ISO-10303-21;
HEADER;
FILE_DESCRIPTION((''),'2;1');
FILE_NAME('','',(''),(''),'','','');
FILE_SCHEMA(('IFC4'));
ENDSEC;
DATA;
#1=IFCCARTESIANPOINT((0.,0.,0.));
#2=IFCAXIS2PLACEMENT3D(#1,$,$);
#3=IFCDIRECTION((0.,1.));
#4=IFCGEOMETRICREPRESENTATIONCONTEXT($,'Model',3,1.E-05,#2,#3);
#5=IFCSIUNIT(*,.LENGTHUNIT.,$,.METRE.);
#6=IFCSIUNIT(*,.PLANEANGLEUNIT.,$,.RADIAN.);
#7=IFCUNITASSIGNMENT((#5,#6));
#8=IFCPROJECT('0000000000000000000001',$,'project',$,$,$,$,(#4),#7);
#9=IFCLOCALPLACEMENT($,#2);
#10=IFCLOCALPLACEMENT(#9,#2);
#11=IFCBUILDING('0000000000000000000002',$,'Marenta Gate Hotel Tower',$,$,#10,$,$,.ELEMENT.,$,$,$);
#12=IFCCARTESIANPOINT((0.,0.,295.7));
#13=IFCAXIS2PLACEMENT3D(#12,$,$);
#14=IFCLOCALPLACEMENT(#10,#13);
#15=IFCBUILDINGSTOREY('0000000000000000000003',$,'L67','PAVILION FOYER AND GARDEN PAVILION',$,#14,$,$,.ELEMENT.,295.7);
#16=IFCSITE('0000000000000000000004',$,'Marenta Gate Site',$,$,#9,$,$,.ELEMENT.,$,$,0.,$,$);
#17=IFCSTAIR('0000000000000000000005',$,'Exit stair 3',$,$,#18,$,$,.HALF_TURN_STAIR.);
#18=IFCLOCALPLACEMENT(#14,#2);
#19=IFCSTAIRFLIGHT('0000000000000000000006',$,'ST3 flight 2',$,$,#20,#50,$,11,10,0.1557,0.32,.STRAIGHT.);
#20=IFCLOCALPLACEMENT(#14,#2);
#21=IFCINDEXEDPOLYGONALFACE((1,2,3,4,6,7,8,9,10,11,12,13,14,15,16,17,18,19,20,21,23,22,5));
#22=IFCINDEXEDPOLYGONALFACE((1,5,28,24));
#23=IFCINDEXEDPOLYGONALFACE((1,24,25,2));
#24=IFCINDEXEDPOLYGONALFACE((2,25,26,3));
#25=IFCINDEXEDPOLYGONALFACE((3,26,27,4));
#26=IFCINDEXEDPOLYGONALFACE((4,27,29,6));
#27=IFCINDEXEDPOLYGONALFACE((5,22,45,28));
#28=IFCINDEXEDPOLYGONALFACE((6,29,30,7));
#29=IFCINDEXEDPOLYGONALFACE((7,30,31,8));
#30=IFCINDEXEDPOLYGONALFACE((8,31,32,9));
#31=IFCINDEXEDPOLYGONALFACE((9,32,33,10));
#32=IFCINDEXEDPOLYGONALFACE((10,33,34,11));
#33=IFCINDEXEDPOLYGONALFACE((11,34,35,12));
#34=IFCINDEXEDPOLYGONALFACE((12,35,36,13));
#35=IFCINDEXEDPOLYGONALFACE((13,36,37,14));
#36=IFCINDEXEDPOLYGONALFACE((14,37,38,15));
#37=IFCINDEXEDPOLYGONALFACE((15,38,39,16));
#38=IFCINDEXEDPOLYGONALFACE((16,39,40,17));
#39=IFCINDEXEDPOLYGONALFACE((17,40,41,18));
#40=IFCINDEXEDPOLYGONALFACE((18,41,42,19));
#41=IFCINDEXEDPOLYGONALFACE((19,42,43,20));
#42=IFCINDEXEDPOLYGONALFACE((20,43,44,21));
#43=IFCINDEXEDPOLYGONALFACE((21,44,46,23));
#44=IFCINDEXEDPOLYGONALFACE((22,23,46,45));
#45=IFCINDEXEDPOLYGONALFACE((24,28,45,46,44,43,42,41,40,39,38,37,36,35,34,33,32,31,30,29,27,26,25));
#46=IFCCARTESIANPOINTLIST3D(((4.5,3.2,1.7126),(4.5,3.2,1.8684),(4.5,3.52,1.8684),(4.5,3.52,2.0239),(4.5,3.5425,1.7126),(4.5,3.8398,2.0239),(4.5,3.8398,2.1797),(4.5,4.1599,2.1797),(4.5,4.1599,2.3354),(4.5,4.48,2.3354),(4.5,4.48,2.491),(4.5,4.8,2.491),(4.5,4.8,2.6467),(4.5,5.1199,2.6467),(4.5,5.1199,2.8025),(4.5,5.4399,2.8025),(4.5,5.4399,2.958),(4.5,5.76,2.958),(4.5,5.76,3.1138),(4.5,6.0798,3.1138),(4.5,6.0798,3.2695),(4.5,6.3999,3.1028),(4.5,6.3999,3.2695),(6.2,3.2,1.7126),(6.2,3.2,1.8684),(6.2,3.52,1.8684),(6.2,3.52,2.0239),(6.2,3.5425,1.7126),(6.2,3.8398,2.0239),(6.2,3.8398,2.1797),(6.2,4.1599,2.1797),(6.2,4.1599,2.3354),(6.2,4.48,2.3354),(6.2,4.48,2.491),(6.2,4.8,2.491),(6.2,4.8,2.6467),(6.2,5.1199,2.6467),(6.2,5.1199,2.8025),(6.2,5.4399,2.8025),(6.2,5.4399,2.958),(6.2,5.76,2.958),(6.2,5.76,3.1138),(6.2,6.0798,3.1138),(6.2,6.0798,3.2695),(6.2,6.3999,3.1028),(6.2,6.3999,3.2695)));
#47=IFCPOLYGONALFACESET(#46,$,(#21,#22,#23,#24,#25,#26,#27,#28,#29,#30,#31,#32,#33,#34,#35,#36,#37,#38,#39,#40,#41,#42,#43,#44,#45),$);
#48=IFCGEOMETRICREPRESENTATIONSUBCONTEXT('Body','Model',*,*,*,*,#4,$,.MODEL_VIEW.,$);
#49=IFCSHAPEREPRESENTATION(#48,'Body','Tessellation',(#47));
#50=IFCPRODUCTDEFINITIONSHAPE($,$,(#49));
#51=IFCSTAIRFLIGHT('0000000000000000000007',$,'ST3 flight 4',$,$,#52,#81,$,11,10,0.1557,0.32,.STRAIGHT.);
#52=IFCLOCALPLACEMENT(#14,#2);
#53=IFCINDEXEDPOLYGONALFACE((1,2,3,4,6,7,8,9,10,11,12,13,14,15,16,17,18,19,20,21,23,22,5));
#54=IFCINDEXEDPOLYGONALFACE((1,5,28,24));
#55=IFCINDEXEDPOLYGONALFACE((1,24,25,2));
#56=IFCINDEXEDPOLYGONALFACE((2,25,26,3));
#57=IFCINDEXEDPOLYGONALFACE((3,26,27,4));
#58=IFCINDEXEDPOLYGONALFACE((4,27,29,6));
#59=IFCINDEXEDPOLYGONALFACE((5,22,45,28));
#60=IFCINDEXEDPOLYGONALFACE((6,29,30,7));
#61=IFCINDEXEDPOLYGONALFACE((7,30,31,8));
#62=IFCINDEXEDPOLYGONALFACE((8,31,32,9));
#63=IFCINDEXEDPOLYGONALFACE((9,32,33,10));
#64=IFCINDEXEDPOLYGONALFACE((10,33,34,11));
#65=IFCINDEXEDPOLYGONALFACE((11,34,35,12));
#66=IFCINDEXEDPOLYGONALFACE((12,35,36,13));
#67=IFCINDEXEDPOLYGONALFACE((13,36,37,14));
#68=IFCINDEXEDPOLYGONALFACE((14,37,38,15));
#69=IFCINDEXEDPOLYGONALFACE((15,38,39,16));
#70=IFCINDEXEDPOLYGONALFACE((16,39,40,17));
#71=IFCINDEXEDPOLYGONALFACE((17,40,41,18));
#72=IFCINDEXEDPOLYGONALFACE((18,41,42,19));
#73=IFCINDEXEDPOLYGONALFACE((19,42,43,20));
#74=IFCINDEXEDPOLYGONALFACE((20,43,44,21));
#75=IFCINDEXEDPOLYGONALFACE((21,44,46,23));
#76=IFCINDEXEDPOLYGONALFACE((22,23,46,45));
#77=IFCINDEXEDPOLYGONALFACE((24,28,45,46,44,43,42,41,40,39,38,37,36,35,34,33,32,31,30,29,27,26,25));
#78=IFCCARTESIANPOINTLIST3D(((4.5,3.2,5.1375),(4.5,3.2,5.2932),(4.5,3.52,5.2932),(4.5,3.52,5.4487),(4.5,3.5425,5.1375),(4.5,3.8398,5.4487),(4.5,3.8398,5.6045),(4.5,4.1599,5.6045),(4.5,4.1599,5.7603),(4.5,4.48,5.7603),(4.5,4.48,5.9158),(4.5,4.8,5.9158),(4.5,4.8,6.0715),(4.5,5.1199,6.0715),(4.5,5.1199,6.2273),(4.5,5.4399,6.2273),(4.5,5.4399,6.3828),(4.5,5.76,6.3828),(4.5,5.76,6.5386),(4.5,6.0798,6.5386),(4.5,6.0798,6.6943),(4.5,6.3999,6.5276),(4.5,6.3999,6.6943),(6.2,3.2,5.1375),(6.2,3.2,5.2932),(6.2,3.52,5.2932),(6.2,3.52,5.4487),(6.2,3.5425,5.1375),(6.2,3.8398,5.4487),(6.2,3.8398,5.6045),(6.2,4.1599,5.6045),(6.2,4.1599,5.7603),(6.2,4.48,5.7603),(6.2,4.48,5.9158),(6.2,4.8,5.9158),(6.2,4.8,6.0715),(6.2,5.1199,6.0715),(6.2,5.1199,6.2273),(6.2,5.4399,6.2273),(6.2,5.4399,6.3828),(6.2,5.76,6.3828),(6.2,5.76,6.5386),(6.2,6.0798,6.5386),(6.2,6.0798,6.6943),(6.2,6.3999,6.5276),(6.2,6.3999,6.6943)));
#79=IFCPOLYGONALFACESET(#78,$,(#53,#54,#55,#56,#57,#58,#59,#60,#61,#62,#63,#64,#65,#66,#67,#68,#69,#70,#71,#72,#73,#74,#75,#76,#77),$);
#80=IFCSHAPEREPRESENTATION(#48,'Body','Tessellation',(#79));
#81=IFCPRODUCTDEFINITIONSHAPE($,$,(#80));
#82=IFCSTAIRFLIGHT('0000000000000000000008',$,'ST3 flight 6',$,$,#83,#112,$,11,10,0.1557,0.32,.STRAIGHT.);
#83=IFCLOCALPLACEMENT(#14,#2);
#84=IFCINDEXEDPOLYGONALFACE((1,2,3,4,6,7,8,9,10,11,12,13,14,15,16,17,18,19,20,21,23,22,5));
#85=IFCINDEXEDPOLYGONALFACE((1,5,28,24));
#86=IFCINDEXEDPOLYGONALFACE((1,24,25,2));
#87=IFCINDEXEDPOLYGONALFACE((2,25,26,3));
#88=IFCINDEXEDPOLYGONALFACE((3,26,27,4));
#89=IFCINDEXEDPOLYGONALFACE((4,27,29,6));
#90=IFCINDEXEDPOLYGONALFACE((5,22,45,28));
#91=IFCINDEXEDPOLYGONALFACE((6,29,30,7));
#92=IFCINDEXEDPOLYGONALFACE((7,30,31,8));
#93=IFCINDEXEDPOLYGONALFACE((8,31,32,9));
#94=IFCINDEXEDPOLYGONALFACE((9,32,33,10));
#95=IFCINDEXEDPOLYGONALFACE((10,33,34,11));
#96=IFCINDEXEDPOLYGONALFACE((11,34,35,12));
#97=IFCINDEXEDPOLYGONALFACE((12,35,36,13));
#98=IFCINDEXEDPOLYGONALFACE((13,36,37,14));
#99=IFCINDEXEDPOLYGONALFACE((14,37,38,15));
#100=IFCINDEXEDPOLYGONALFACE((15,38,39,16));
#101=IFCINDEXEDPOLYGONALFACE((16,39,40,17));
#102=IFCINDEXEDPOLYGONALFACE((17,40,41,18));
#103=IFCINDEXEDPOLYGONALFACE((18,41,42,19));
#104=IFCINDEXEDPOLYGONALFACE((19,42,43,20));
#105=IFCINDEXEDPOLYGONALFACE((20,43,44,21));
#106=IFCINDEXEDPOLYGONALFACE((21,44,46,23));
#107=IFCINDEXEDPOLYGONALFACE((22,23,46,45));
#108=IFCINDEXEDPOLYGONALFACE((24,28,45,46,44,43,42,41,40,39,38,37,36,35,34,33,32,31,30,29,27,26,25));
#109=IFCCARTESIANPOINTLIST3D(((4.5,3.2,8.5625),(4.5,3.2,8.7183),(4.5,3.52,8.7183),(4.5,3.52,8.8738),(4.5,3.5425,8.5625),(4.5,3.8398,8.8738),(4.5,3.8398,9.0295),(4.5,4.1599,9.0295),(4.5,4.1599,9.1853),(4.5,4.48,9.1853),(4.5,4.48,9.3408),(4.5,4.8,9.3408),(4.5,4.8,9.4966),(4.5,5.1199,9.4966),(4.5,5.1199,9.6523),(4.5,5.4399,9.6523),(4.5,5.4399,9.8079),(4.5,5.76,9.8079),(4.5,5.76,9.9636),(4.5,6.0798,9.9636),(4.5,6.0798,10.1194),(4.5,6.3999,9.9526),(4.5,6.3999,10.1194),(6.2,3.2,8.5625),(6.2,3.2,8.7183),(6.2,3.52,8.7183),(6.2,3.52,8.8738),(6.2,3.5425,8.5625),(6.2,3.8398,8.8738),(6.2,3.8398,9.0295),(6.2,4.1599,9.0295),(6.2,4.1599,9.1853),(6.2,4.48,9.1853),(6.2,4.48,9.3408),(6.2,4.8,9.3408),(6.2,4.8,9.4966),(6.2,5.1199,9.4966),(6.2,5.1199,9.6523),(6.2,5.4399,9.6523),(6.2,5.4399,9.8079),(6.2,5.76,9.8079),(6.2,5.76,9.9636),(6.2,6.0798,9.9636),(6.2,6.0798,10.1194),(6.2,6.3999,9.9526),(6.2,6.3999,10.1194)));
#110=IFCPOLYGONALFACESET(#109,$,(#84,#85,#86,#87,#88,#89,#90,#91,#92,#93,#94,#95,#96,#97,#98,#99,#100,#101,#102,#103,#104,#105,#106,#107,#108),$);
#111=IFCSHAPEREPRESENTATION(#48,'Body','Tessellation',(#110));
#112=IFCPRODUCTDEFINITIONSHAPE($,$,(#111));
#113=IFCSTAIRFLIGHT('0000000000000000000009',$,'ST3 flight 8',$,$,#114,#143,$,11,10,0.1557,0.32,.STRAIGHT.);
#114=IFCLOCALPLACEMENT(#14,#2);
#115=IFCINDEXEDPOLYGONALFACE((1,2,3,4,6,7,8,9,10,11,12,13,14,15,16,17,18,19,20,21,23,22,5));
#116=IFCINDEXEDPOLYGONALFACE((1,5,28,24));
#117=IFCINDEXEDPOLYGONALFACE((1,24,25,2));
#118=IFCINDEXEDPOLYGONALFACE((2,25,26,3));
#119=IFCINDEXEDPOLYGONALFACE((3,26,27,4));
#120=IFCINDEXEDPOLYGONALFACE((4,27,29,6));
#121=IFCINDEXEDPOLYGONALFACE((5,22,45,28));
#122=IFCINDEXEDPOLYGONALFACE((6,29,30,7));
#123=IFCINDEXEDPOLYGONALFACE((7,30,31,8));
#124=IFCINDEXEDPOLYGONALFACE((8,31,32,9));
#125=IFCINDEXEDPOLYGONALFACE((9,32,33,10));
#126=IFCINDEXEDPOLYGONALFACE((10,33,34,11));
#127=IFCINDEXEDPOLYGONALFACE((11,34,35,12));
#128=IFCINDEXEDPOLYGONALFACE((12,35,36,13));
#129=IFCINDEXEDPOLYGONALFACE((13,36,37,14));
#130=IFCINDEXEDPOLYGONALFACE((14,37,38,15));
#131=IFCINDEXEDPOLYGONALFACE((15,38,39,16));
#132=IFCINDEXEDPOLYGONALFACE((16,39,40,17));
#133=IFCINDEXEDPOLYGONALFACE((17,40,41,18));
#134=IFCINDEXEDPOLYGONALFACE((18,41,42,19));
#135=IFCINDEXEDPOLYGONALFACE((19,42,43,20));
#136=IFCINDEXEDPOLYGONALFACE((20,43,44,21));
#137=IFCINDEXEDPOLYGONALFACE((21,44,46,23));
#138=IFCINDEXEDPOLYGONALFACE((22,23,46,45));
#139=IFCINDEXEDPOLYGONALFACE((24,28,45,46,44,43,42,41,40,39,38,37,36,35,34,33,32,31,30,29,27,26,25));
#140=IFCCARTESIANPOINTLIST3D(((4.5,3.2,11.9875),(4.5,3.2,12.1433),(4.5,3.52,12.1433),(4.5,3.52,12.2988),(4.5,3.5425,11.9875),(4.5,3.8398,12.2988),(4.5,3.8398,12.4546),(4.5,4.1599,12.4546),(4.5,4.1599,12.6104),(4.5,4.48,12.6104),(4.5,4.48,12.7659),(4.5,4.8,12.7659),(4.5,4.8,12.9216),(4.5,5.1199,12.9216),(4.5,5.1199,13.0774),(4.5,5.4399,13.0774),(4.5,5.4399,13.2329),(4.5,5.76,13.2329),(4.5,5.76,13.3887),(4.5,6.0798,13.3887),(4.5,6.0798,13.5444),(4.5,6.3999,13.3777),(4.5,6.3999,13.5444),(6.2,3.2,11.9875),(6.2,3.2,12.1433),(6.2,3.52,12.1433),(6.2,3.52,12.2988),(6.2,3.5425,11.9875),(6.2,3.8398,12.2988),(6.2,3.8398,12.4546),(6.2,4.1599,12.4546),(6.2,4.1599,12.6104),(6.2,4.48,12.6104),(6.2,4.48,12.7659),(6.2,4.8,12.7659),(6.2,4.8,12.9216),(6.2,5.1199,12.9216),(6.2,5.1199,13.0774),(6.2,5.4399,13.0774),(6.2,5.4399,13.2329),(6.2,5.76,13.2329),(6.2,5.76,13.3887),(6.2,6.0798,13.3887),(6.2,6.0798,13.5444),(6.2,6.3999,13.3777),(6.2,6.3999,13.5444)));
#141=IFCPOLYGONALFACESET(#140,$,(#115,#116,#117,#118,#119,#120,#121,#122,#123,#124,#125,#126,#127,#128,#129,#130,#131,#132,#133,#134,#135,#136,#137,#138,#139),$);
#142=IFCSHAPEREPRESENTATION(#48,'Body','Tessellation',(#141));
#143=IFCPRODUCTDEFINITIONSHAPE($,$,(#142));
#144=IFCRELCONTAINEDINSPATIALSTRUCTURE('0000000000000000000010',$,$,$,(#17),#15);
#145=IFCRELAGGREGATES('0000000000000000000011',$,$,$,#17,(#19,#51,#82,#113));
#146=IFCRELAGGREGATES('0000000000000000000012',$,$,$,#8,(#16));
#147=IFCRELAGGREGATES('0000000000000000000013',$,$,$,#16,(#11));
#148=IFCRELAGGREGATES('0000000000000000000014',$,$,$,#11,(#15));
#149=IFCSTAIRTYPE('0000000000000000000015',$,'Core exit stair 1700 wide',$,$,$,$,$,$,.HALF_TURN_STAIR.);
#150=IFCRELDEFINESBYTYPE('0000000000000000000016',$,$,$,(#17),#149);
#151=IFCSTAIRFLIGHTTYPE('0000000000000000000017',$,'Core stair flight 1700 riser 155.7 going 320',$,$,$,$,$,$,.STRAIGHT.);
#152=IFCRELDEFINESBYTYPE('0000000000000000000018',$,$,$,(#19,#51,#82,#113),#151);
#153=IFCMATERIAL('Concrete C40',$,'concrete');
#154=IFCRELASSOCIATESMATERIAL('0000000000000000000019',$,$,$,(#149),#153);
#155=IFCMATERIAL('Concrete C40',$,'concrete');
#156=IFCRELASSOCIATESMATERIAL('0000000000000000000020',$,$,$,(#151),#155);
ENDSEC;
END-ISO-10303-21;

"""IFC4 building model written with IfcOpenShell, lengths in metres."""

from ifc_helpers import new_model, si_unit, direction, frame, origin, place, context, subcontext, project, spatial, polyline, outline, extrude, material, type_object, element, aggregate, save


model = new_model("IFC4")

# Units and contexts
model_context = context("Model", 3, precision=1e-05, world=origin(), true_north=direction((0.0, 1.0)))
body_context = subcontext(model_context, "Body", "Model", "MODEL_VIEW")
ifc_project = project(units=[si_unit("LENGTHUNIT", "METRE"), si_unit("PLANEANGLEUNIT", "RADIAN")], contexts=[model_context])

# Site, building, storey
site_placement = place(None, origin())
site = spatial("IfcSite", under=ifc_project, at=site_placement, Name="Marenta Gate Site", CompositionType="ELEMENT", RefElevation=0.0)
building_placement = place(site_placement, origin())
building = spatial("IfcBuilding", under=site, at=building_placement, Name="Marenta Gate Hotel Tower", CompositionType="ELEMENT")
storey_placement = place(building_placement, frame((0.0, 0.0, 295.7)))
storey = spatial("IfcBuildingStorey", under=building, at=storey_placement, Name="L67", Description="PAVILION FOYER AND GARDEN PAVILION", CompositionType="ELEMENT", Elevation=295.7)

# Shared definitions
ifc_material_1 = material(Name="Concrete C40", Category="concrete")
stair_type = type_object("IfcStairType", Name="Core exit stair 1700 wide", PredefinedType="HALF_TURN_STAIR", material=ifc_material_1)

# Stair
stair_1_placement = place(storey_placement, origin())
stair_1 = element("IfcStair", 1, at=stair_1_placement, inside=storey, type_object=stair_type, Name="Exit stair 3", PredefinedType="HALF_TURN_STAIR")

# Stair flights
ifc_material_2 = material(Name="Concrete C40", Category="concrete")
stair_flight_type = type_object("IfcStairFlightType", Name="Core stair flight 1700 riser 155.7 going 320", PredefinedType="STRAIGHT", material=ifc_material_2)
stair_flight_1_placement = place(storey_placement, frame((5.3501, 3.2, 1.7126), z_axis=(0.0, 0.0, 1.0), x_axis=(0.0, 1.0, 0.0)))
stair_flight_1 = element("IfcStairFlight", 2, at=stair_flight_1_placement, type_object=stair_flight_type, Name="ST3 flight 2", NumberOfRisers=11, NumberOfTreads=10, PredefinedType="STRAIGHT", RiserHeight=0.1557, TreadLength=0.32, context=body_context, shape_type="SweptSolid", body=[
    extrude(outline(polyline([(0.0, 0.0), (0.0, 0.1558), (0.3201, 0.1558), (0.3201, 0.3113), (0.6399, 0.3113), (0.6399, 0.467), (0.96, 0.467), (0.96, 0.6228), (1.28, 0.6228), (1.28, 0.7783), (1.6001, 0.7783), (1.6001, 0.9341), (1.9199, 0.9341), (1.9199, 1.0898), (2.24, 1.0898), (2.24, 1.2454), (2.5601, 1.2454), (2.5601, 1.4011), (2.8799, 1.4011), (2.8799, 1.5569), (3.2, 1.5569), (3.2, 1.7124), (3.2, 1.3901), (0.3425, 0.0), (0.0, 0.0)])), frame((0.0, 0.8501, 0.0), z_axis=(0.0, -1.0, 0.0), x_axis=(1.0, 0.0, 0.0)), (0.0, 0.0, 1.0), 1.7),
])
stair_flight_2_placement = place(storey_placement, frame((5.3501, 3.2, 5.1375), z_axis=(0.0, 0.0, 1.0), x_axis=(0.0, 1.0, 0.0)))
stair_flight_2 = element("IfcStairFlight", 3, at=stair_flight_2_placement, type_object=stair_flight_type, Name="ST3 flight 4", NumberOfRisers=11, NumberOfTreads=10, PredefinedType="STRAIGHT", RiserHeight=0.1557, TreadLength=0.32, context=body_context, shape_type="SweptSolid", body=[
    extrude(outline(polyline([(0.0, 0.0), (0.0, 0.1558), (0.3201, 0.1558), (0.3201, 0.3113), (0.6399, 0.3113), (0.6399, 0.467), (0.96, 0.467), (0.96, 0.6228), (1.28, 0.6228), (1.28, 0.7783), (1.6001, 0.7783), (1.6001, 0.9341), (1.9199, 0.9341), (1.9199, 1.0898), (2.24, 1.0898), (2.24, 1.2454), (2.5601, 1.2454), (2.5601, 1.4011), (2.8799, 1.4011), (2.8799, 1.5569), (3.2, 1.5569), (3.2, 1.7124), (3.2, 1.3901), (0.3425, 0.0), (0.0, 0.0)])), frame((0.0, 0.8501, 0.0), z_axis=(0.0, -1.0, 0.0), x_axis=(1.0, 0.0, 0.0)), (0.0, 0.0, 1.0), 1.7),
])
stair_flight_3_placement = place(storey_placement, frame((5.3501, 3.2, 8.5625), z_axis=(0.0, 0.0, 1.0), x_axis=(0.0, 1.0, 0.0)))
stair_flight_3 = element("IfcStairFlight", 4, at=stair_flight_3_placement, type_object=stair_flight_type, Name="ST3 flight 6", NumberOfRisers=11, NumberOfTreads=10, PredefinedType="STRAIGHT", RiserHeight=0.1557, TreadLength=0.32, context=body_context, shape_type="SweptSolid", body=[
    extrude(outline(polyline([(0.0, 0.0), (0.0, 0.1558), (0.3201, 0.1558), (0.3201, 0.3113), (0.6399, 0.3113), (0.6399, 0.467), (0.96, 0.467), (0.96, 0.6228), (1.28, 0.6228), (1.28, 0.7783), (1.6001, 0.7783), (1.6001, 0.9341), (1.9199, 0.9341), (1.9199, 1.0898), (2.24, 1.0898), (2.24, 1.2454), (2.5601, 1.2454), (2.5601, 1.4011), (2.8799, 1.4011), (2.8799, 1.5569), (3.2, 1.5569), (3.2, 1.7124), (3.2, 1.3901), (0.3425, 0.0), (0.0, 0.0)])), frame((0.0, 0.8501, 0.0), z_axis=(0.0, -1.0, 0.0), x_axis=(1.0, 0.0, 0.0)), (0.0, 0.0, 1.0), 1.7),
])
stair_flight_4_placement = place(storey_placement, frame((5.3501, 3.2, 11.9875), z_axis=(0.0, 0.0, 1.0), x_axis=(0.0, 1.0, 0.0)))
stair_flight_4 = element("IfcStairFlight", 5, at=stair_flight_4_placement, type_object=stair_flight_type, Name="ST3 flight 8", NumberOfRisers=11, NumberOfTreads=10, PredefinedType="STRAIGHT", RiserHeight=0.1557, TreadLength=0.32, context=body_context, shape_type="SweptSolid", body=[
    extrude(outline(polyline([(0.0, 0.0), (0.0, 0.1558), (0.3201, 0.1558), (0.3201, 0.3113), (0.6399, 0.3113), (0.6399, 0.467), (0.96, 0.467), (0.96, 0.6228), (1.28, 0.6228), (1.28, 0.7783), (1.6001, 0.7783), (1.6001, 0.9341), (1.9199, 0.9341), (1.9199, 1.0898), (2.24, 1.0898), (2.24, 1.2454), (2.5601, 1.2454), (2.5601, 1.4011), (2.8799, 1.4011), (2.8799, 1.5569), (3.2, 1.5569), (3.2, 1.7124), (3.2, 1.3901), (0.3425, 0.0), (0.0, 0.0)])), frame((0.0, 0.8501, 0.0), z_axis=(0.0, -1.0, 0.0), x_axis=(1.0, 0.0, 0.0)), (0.0, 0.0, 1.0), 1.7),
])
aggregate(stair_1, [stair_flight_1, stair_flight_2, stair_flight_3, stair_flight_4])

save(model, "model.ifc")
